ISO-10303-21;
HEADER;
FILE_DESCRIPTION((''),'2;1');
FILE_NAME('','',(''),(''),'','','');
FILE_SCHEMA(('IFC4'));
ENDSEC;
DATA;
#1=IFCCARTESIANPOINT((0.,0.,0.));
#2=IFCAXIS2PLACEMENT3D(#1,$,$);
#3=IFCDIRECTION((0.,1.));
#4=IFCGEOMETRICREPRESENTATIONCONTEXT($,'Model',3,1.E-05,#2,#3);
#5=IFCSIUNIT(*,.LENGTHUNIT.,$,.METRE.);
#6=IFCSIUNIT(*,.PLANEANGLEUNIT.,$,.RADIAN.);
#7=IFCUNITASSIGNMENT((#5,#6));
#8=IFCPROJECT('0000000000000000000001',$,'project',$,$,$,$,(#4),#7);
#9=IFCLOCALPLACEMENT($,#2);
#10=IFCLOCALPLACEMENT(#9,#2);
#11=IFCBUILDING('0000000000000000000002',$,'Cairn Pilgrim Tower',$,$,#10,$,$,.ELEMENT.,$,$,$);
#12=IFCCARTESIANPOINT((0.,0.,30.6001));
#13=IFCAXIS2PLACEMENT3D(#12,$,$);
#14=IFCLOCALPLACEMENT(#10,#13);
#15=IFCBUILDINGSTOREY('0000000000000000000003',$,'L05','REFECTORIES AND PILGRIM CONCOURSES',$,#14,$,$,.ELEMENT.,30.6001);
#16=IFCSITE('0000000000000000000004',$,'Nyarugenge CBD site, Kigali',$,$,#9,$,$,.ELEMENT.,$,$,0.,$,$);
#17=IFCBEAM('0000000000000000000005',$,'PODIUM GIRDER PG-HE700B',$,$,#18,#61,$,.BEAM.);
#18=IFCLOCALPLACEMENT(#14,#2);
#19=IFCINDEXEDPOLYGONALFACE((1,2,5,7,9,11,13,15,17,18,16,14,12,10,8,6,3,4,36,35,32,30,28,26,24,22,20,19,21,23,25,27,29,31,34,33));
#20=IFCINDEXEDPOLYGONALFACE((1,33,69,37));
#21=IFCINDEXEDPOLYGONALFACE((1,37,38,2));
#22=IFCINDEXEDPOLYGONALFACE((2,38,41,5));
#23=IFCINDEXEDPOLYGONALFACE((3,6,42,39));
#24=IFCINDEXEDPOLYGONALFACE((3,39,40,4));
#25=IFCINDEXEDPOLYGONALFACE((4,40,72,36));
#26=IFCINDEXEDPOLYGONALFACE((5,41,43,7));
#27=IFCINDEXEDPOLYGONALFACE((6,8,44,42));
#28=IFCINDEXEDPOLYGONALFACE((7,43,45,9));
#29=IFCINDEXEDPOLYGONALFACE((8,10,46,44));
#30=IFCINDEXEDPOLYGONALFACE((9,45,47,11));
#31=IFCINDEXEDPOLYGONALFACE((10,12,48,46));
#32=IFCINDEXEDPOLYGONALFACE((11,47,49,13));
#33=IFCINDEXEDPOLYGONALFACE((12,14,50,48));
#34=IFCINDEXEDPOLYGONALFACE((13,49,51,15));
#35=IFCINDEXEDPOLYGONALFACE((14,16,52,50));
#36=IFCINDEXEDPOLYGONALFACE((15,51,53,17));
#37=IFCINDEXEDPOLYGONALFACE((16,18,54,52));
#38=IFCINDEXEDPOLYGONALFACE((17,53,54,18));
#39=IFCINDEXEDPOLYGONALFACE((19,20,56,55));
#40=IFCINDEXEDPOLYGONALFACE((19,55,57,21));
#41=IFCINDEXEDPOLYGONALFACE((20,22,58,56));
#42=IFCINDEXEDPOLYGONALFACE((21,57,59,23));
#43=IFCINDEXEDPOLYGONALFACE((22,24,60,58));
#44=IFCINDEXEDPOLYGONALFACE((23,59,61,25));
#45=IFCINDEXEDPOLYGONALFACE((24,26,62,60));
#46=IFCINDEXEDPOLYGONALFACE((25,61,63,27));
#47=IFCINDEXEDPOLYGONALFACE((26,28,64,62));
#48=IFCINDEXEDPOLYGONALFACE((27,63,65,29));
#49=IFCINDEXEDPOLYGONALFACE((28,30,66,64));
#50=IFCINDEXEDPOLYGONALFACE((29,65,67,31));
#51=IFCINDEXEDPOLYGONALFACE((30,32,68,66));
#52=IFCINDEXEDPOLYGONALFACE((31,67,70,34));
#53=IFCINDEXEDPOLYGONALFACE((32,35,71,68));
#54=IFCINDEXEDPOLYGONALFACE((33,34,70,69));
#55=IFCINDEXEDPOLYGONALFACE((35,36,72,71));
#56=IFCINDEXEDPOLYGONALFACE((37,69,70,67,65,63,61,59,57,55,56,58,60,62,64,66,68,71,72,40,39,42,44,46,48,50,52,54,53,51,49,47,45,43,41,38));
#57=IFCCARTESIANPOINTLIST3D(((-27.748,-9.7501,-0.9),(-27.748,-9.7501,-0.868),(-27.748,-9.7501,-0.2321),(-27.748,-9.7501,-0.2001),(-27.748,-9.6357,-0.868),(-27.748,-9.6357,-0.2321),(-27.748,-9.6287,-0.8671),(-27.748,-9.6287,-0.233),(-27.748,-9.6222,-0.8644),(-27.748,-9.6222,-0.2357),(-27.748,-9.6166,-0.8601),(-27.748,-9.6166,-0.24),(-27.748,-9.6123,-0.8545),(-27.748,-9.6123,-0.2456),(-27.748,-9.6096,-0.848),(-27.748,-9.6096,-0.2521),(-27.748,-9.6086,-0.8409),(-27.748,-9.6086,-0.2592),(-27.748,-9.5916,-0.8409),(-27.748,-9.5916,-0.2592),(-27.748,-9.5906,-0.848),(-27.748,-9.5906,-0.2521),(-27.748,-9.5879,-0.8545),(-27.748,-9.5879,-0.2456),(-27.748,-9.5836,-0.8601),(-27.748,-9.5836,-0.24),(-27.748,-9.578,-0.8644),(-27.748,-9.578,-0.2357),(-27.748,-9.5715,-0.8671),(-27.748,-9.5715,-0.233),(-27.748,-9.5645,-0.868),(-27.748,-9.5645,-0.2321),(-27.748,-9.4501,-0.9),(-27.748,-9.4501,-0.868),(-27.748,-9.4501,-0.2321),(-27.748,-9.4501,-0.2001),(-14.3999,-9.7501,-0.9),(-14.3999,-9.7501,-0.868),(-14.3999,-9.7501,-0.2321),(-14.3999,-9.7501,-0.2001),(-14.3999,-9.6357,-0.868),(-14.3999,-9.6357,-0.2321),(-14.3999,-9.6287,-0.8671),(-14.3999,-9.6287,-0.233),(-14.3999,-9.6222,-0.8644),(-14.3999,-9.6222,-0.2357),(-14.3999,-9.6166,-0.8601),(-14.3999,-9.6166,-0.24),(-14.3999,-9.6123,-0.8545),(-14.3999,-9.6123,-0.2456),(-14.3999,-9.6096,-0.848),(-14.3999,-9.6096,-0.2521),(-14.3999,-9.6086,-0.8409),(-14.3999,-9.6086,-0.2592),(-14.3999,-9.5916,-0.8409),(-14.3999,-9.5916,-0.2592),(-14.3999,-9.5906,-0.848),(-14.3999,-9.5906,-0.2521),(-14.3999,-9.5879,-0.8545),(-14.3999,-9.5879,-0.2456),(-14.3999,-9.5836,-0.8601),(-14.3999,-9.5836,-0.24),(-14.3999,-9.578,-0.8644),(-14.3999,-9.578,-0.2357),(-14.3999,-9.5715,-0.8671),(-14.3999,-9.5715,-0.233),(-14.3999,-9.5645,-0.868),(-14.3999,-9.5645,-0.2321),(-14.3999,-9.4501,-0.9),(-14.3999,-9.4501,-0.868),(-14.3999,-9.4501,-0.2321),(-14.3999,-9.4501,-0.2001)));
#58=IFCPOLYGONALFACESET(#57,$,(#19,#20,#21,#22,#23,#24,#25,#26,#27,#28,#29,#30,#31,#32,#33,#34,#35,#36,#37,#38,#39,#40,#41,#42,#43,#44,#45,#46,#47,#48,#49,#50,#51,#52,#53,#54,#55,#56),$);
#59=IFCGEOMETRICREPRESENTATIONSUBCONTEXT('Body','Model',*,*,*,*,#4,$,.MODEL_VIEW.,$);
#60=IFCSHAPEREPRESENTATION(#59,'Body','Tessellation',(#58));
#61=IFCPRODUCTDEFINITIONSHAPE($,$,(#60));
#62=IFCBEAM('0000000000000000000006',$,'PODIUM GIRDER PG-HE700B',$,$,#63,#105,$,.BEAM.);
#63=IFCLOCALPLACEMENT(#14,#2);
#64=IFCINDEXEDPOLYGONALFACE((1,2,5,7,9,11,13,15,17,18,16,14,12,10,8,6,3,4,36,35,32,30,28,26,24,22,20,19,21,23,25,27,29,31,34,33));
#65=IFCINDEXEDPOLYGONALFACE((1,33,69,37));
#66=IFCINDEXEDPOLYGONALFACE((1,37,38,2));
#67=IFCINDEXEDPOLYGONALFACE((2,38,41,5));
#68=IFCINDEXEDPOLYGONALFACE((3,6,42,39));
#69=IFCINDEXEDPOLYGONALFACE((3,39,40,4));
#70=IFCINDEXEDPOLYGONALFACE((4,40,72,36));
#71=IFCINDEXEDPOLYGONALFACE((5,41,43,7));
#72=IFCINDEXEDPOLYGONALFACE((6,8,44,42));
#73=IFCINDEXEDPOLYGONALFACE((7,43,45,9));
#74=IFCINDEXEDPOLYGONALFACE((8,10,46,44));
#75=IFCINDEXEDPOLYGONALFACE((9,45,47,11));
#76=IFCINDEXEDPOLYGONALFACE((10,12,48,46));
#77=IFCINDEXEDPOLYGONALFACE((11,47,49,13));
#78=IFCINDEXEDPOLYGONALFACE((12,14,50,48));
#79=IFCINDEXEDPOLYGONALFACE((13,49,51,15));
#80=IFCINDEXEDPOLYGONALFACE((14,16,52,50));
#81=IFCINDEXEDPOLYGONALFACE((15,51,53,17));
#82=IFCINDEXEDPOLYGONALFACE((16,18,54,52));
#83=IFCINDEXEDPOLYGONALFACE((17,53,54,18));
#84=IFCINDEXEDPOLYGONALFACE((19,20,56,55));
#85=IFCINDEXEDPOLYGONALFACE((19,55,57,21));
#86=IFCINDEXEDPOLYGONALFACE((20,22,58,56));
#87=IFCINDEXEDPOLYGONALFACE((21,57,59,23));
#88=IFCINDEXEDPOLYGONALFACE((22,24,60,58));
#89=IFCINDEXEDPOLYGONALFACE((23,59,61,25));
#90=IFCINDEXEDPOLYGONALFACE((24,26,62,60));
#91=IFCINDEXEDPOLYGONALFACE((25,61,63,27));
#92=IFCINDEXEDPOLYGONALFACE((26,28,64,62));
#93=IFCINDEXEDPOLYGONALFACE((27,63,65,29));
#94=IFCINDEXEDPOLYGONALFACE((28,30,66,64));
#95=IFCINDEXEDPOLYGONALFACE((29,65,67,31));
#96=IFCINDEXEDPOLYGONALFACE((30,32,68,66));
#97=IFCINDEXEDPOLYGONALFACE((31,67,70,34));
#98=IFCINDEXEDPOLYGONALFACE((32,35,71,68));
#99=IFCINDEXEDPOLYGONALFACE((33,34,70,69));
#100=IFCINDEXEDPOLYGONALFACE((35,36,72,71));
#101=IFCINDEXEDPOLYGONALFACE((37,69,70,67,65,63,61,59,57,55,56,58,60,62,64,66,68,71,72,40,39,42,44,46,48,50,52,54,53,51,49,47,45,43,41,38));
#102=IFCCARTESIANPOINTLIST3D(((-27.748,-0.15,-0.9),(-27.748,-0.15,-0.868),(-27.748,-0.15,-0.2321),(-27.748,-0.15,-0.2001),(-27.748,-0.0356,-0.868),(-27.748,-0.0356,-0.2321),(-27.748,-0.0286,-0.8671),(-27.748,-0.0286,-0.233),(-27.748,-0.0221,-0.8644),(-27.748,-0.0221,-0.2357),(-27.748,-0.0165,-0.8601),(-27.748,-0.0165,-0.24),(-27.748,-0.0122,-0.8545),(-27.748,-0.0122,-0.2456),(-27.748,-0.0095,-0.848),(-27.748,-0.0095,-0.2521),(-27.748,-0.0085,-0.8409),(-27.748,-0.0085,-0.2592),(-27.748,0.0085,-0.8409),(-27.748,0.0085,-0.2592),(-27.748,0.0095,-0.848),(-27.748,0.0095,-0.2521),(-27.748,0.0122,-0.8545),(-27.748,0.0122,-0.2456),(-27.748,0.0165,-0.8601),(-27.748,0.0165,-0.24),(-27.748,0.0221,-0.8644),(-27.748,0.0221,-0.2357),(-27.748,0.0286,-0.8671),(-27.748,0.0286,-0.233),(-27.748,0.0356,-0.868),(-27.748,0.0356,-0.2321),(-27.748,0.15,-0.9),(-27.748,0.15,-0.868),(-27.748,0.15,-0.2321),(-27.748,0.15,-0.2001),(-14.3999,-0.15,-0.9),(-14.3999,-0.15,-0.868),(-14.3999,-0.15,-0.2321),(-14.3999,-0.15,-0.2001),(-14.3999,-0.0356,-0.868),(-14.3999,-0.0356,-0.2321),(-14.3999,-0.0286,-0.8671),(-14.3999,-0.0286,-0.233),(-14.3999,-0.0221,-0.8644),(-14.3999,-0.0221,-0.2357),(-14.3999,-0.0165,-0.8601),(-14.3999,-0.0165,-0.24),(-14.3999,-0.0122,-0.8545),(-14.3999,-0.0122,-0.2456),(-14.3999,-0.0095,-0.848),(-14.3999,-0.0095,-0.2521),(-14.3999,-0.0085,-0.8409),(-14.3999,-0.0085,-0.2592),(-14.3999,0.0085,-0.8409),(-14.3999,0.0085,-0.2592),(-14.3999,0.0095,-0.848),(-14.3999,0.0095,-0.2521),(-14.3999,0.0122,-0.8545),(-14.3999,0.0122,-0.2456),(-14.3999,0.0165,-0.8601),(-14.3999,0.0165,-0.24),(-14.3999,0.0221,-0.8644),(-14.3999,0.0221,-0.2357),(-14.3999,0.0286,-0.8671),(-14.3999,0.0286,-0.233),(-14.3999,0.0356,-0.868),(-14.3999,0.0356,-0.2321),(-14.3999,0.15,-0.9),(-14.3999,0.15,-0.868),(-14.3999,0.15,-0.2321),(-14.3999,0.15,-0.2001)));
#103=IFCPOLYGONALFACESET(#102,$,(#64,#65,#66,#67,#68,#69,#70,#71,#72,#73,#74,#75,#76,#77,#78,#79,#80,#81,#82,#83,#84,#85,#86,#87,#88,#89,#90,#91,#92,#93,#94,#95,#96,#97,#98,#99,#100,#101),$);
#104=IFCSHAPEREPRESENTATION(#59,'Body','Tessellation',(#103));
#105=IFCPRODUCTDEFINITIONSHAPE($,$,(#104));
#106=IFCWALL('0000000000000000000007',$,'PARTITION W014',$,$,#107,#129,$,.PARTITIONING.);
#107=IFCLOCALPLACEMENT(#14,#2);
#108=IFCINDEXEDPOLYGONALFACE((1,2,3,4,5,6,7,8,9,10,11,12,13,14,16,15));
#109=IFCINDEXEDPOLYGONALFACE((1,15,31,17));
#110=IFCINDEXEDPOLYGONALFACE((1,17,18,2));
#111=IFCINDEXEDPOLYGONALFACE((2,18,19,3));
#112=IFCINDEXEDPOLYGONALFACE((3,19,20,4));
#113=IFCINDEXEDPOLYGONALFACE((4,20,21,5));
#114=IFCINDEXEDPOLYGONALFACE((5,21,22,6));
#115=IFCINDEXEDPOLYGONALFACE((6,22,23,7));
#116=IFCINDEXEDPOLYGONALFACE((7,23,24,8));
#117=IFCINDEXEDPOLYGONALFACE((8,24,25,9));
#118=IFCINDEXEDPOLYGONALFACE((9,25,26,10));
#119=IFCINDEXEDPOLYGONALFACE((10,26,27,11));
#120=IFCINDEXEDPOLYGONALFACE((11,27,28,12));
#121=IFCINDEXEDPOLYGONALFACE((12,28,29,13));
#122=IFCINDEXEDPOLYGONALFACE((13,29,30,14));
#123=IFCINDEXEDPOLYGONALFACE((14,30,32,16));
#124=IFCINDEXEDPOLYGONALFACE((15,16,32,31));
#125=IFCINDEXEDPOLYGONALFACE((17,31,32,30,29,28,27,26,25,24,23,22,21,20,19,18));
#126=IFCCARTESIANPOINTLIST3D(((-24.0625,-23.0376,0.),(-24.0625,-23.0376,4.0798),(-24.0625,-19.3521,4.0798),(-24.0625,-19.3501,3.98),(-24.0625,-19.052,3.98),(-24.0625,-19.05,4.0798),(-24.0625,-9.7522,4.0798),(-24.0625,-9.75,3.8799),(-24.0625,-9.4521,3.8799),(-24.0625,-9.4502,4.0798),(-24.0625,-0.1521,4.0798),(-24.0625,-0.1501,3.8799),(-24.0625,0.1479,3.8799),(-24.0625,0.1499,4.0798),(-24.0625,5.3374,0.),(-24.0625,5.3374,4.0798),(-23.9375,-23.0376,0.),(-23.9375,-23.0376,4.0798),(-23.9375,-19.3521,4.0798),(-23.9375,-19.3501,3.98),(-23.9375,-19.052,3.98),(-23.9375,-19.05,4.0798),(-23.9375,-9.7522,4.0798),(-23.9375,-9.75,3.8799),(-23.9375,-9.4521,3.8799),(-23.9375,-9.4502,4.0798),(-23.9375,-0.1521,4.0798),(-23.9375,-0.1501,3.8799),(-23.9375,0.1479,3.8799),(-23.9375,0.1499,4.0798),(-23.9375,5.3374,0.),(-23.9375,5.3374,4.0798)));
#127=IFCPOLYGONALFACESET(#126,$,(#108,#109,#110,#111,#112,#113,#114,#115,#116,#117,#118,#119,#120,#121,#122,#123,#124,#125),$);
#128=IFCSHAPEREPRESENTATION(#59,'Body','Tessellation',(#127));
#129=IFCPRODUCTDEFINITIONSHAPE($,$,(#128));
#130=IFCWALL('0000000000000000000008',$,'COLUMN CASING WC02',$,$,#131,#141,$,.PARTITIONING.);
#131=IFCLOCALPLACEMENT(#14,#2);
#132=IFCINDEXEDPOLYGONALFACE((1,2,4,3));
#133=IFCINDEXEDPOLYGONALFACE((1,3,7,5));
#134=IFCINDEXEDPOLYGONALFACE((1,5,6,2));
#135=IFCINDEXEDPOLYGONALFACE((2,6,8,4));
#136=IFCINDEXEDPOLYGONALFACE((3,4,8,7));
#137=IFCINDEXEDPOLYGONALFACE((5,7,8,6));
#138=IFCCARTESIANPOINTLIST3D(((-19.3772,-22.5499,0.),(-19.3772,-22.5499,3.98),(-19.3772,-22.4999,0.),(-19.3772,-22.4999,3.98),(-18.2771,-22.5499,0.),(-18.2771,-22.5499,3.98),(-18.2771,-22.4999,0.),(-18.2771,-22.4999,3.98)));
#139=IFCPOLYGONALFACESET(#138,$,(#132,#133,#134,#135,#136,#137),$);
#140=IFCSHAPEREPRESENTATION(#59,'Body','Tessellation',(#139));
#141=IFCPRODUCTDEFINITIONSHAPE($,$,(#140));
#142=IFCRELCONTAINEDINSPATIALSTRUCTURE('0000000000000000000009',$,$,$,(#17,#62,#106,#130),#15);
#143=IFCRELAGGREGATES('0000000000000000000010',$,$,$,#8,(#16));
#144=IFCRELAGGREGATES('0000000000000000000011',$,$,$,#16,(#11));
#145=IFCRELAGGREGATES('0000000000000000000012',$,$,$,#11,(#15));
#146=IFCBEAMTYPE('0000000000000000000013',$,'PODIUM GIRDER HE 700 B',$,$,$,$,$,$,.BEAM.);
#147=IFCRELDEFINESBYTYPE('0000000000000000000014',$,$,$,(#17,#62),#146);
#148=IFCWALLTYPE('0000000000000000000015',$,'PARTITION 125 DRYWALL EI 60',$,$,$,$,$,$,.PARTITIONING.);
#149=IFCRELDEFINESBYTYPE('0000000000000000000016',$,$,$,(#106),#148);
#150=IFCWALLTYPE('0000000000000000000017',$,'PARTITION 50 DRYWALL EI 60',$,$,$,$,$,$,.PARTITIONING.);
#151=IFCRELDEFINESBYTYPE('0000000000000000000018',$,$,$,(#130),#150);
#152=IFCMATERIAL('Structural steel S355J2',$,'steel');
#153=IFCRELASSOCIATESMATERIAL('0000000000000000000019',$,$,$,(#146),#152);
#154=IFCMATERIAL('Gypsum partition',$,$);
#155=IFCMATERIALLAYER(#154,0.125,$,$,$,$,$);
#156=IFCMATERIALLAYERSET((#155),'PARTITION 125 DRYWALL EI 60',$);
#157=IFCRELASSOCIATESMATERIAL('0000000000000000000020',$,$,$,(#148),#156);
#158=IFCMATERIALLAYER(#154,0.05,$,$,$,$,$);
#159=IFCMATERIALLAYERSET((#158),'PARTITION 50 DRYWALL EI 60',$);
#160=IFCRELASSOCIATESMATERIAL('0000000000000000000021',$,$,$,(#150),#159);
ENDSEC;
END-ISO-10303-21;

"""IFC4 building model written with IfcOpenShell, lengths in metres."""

from ifc_helpers import new_model, si_unit, direction, frame, frame_2d, origin, origin_2d, place, context, subcontext, project, spatial, polyline, rectangle, i_section, outline, extrude, material, layer, layer_set, material_profile, profile_set, type_object, element, save


model = new_model("IFC4")

# Units and contexts
model_context = context("Model", 3, precision=1e-05, world=origin(), true_north=direction((0.0, 1.0)))
body_context = subcontext(model_context, "Body", "Model", "MODEL_VIEW")
ifc_project = project(units=[si_unit("LENGTHUNIT", "METRE"), si_unit("PLANEANGLEUNIT", "RADIAN")], contexts=[model_context])

# Site, building, storey
site_placement = place(None, origin())
site = spatial("IfcSite", under=ifc_project, at=site_placement, Name="Nyarugenge CBD site, Kigali", CompositionType="ELEMENT", RefElevation=0.0)
building_placement = place(site_placement, origin())
building = spatial("IfcBuilding", under=site, at=building_placement, Name="Cairn Pilgrim Tower", CompositionType="ELEMENT")
storey_placement = place(building_placement, frame((0.0, 0.0, 30.6001)))
storey = spatial("IfcBuildingStorey", under=building, at=storey_placement, Name="L05", Description="REFECTORIES AND PILGRIM CONCOURSES", CompositionType="ELEMENT", Elevation=30.6001)

# Beams
ifc_material_1 = material(Name="Structural steel S355J2", Category="steel")
ifc_material_profile_1 = material_profile(ifc_material_1, i_section(OverallWidth=0.3, OverallDepth=0.7, WebThickness=0.0171, FlangeThickness=0.032, FilletRadius=0.0271, at=origin_2d()), Name="HEB 700")
ifc_profile_set_1 = profile_set([ifc_material_profile_1], Name="Structural steel S355J2")
beam_type_1 = type_object("IfcBeamType", Name="PODIUM GIRDER HE 700 B", PredefinedType="BEAM", material=ifc_profile_set_1)
for number, where, z_axis, x_axis, name in (
    (1, (-27.748, -9.6001, -0.55), (1.0, 0.0, 0.0), (0.0, 1.0, 0.0), "PODIUM GIRDER PG-HE700B"),
    (2, (-27.748, 0.0, -0.55), (1.0, 0.0, 0.0), (0.0, 1.0, 0.0), "PODIUM GIRDER PG-HE700B"),
):
    element("IfcBeam", number, at=place(storey_placement, frame(where, z_axis=z_axis, x_axis=x_axis)), inside=storey, type_object=beam_type_1, Name=name, PredefinedType="BEAM", context=body_context, shape_type="SweptSolid", body=[
        extrude(i_section(OverallWidth=0.3, OverallDepth=0.7, WebThickness=0.0171, FlangeThickness=0.032, FilletRadius=0.0271, at=origin_2d()), origin(), (0.0, 0.0, 1.0), 13.3481),
    ])

# Walls
ifc_material_2 = material(Name="Gypsum partition")
ifc_layer_1 = layer(ifc_material_2, 0.125)
ifc_layer_set_1 = layer_set([ifc_layer_1], Name="PARTITION 125 DRYWALL EI 60")
wall_type_1 = type_object("IfcWallType", Name="PARTITION 125 DRYWALL EI 60", PredefinedType="PARTITIONING", material=ifc_layer_set_1)
wall_1_placement = place(storey_placement, frame((-24.0, -23.0376, 0.0), z_axis=(0.0, 0.0, 1.0), x_axis=(0.0, 1.0, 0.0)))
element("IfcWall", 3, at=wall_1_placement, inside=storey, type_object=wall_type_1, Name="PARTITION W014", PredefinedType="PARTITIONING", context=body_context, shape_type="SweptSolid", body=[
    extrude(outline(polyline([(0.0, 0.0), (28.375, 0.0), (28.375, 4.0798), (23.1875, 4.0798), (23.1855, 3.8799), (22.8875, 3.8799), (22.8855, 4.0798), (13.5874, 4.0798), (13.5854, 3.8799), (13.2876, 3.8799), (13.2854, 4.0798), (3.9875, 4.0798), (3.9856, 3.98), (3.6875, 3.98), (3.6855, 4.0798), (0.0, 4.0798), (0.0, 0.0)])), frame((0.0, 0.0625, 0.0), z_axis=(0.0, -1.0, 0.0), x_axis=(1.0, 0.0, 0.0)), (0.0, 0.0, 1.0), 0.125),
])
ifc_layer_2 = layer(ifc_material_2, 0.05)
ifc_layer_set_2 = layer_set([ifc_layer_2], Name="PARTITION 50 DRYWALL EI 60")
wall_type_2 = type_object("IfcWallType", Name="PARTITION 50 DRYWALL EI 60", PredefinedType="PARTITIONING", material=ifc_layer_set_2)
wall_2_placement = place(storey_placement, frame((-19.3772, -22.5249, 0.0), z_axis=(0.0, 0.0, 1.0), x_axis=(1.0, 0.0, 0.0)))
element("IfcWall", 4, at=wall_2_placement, inside=storey, type_object=wall_type_2, Name="COLUMN CASING WC02", PredefinedType="PARTITIONING", context=body_context, shape_type="SweptSolid", body=[
    extrude(rectangle(XDim=1.1001, YDim=0.05, at=frame_2d((0.55, 0.0))), origin(), (0.0, 0.0, 1.0), 3.98),
])

save(model, "model.ifc")
